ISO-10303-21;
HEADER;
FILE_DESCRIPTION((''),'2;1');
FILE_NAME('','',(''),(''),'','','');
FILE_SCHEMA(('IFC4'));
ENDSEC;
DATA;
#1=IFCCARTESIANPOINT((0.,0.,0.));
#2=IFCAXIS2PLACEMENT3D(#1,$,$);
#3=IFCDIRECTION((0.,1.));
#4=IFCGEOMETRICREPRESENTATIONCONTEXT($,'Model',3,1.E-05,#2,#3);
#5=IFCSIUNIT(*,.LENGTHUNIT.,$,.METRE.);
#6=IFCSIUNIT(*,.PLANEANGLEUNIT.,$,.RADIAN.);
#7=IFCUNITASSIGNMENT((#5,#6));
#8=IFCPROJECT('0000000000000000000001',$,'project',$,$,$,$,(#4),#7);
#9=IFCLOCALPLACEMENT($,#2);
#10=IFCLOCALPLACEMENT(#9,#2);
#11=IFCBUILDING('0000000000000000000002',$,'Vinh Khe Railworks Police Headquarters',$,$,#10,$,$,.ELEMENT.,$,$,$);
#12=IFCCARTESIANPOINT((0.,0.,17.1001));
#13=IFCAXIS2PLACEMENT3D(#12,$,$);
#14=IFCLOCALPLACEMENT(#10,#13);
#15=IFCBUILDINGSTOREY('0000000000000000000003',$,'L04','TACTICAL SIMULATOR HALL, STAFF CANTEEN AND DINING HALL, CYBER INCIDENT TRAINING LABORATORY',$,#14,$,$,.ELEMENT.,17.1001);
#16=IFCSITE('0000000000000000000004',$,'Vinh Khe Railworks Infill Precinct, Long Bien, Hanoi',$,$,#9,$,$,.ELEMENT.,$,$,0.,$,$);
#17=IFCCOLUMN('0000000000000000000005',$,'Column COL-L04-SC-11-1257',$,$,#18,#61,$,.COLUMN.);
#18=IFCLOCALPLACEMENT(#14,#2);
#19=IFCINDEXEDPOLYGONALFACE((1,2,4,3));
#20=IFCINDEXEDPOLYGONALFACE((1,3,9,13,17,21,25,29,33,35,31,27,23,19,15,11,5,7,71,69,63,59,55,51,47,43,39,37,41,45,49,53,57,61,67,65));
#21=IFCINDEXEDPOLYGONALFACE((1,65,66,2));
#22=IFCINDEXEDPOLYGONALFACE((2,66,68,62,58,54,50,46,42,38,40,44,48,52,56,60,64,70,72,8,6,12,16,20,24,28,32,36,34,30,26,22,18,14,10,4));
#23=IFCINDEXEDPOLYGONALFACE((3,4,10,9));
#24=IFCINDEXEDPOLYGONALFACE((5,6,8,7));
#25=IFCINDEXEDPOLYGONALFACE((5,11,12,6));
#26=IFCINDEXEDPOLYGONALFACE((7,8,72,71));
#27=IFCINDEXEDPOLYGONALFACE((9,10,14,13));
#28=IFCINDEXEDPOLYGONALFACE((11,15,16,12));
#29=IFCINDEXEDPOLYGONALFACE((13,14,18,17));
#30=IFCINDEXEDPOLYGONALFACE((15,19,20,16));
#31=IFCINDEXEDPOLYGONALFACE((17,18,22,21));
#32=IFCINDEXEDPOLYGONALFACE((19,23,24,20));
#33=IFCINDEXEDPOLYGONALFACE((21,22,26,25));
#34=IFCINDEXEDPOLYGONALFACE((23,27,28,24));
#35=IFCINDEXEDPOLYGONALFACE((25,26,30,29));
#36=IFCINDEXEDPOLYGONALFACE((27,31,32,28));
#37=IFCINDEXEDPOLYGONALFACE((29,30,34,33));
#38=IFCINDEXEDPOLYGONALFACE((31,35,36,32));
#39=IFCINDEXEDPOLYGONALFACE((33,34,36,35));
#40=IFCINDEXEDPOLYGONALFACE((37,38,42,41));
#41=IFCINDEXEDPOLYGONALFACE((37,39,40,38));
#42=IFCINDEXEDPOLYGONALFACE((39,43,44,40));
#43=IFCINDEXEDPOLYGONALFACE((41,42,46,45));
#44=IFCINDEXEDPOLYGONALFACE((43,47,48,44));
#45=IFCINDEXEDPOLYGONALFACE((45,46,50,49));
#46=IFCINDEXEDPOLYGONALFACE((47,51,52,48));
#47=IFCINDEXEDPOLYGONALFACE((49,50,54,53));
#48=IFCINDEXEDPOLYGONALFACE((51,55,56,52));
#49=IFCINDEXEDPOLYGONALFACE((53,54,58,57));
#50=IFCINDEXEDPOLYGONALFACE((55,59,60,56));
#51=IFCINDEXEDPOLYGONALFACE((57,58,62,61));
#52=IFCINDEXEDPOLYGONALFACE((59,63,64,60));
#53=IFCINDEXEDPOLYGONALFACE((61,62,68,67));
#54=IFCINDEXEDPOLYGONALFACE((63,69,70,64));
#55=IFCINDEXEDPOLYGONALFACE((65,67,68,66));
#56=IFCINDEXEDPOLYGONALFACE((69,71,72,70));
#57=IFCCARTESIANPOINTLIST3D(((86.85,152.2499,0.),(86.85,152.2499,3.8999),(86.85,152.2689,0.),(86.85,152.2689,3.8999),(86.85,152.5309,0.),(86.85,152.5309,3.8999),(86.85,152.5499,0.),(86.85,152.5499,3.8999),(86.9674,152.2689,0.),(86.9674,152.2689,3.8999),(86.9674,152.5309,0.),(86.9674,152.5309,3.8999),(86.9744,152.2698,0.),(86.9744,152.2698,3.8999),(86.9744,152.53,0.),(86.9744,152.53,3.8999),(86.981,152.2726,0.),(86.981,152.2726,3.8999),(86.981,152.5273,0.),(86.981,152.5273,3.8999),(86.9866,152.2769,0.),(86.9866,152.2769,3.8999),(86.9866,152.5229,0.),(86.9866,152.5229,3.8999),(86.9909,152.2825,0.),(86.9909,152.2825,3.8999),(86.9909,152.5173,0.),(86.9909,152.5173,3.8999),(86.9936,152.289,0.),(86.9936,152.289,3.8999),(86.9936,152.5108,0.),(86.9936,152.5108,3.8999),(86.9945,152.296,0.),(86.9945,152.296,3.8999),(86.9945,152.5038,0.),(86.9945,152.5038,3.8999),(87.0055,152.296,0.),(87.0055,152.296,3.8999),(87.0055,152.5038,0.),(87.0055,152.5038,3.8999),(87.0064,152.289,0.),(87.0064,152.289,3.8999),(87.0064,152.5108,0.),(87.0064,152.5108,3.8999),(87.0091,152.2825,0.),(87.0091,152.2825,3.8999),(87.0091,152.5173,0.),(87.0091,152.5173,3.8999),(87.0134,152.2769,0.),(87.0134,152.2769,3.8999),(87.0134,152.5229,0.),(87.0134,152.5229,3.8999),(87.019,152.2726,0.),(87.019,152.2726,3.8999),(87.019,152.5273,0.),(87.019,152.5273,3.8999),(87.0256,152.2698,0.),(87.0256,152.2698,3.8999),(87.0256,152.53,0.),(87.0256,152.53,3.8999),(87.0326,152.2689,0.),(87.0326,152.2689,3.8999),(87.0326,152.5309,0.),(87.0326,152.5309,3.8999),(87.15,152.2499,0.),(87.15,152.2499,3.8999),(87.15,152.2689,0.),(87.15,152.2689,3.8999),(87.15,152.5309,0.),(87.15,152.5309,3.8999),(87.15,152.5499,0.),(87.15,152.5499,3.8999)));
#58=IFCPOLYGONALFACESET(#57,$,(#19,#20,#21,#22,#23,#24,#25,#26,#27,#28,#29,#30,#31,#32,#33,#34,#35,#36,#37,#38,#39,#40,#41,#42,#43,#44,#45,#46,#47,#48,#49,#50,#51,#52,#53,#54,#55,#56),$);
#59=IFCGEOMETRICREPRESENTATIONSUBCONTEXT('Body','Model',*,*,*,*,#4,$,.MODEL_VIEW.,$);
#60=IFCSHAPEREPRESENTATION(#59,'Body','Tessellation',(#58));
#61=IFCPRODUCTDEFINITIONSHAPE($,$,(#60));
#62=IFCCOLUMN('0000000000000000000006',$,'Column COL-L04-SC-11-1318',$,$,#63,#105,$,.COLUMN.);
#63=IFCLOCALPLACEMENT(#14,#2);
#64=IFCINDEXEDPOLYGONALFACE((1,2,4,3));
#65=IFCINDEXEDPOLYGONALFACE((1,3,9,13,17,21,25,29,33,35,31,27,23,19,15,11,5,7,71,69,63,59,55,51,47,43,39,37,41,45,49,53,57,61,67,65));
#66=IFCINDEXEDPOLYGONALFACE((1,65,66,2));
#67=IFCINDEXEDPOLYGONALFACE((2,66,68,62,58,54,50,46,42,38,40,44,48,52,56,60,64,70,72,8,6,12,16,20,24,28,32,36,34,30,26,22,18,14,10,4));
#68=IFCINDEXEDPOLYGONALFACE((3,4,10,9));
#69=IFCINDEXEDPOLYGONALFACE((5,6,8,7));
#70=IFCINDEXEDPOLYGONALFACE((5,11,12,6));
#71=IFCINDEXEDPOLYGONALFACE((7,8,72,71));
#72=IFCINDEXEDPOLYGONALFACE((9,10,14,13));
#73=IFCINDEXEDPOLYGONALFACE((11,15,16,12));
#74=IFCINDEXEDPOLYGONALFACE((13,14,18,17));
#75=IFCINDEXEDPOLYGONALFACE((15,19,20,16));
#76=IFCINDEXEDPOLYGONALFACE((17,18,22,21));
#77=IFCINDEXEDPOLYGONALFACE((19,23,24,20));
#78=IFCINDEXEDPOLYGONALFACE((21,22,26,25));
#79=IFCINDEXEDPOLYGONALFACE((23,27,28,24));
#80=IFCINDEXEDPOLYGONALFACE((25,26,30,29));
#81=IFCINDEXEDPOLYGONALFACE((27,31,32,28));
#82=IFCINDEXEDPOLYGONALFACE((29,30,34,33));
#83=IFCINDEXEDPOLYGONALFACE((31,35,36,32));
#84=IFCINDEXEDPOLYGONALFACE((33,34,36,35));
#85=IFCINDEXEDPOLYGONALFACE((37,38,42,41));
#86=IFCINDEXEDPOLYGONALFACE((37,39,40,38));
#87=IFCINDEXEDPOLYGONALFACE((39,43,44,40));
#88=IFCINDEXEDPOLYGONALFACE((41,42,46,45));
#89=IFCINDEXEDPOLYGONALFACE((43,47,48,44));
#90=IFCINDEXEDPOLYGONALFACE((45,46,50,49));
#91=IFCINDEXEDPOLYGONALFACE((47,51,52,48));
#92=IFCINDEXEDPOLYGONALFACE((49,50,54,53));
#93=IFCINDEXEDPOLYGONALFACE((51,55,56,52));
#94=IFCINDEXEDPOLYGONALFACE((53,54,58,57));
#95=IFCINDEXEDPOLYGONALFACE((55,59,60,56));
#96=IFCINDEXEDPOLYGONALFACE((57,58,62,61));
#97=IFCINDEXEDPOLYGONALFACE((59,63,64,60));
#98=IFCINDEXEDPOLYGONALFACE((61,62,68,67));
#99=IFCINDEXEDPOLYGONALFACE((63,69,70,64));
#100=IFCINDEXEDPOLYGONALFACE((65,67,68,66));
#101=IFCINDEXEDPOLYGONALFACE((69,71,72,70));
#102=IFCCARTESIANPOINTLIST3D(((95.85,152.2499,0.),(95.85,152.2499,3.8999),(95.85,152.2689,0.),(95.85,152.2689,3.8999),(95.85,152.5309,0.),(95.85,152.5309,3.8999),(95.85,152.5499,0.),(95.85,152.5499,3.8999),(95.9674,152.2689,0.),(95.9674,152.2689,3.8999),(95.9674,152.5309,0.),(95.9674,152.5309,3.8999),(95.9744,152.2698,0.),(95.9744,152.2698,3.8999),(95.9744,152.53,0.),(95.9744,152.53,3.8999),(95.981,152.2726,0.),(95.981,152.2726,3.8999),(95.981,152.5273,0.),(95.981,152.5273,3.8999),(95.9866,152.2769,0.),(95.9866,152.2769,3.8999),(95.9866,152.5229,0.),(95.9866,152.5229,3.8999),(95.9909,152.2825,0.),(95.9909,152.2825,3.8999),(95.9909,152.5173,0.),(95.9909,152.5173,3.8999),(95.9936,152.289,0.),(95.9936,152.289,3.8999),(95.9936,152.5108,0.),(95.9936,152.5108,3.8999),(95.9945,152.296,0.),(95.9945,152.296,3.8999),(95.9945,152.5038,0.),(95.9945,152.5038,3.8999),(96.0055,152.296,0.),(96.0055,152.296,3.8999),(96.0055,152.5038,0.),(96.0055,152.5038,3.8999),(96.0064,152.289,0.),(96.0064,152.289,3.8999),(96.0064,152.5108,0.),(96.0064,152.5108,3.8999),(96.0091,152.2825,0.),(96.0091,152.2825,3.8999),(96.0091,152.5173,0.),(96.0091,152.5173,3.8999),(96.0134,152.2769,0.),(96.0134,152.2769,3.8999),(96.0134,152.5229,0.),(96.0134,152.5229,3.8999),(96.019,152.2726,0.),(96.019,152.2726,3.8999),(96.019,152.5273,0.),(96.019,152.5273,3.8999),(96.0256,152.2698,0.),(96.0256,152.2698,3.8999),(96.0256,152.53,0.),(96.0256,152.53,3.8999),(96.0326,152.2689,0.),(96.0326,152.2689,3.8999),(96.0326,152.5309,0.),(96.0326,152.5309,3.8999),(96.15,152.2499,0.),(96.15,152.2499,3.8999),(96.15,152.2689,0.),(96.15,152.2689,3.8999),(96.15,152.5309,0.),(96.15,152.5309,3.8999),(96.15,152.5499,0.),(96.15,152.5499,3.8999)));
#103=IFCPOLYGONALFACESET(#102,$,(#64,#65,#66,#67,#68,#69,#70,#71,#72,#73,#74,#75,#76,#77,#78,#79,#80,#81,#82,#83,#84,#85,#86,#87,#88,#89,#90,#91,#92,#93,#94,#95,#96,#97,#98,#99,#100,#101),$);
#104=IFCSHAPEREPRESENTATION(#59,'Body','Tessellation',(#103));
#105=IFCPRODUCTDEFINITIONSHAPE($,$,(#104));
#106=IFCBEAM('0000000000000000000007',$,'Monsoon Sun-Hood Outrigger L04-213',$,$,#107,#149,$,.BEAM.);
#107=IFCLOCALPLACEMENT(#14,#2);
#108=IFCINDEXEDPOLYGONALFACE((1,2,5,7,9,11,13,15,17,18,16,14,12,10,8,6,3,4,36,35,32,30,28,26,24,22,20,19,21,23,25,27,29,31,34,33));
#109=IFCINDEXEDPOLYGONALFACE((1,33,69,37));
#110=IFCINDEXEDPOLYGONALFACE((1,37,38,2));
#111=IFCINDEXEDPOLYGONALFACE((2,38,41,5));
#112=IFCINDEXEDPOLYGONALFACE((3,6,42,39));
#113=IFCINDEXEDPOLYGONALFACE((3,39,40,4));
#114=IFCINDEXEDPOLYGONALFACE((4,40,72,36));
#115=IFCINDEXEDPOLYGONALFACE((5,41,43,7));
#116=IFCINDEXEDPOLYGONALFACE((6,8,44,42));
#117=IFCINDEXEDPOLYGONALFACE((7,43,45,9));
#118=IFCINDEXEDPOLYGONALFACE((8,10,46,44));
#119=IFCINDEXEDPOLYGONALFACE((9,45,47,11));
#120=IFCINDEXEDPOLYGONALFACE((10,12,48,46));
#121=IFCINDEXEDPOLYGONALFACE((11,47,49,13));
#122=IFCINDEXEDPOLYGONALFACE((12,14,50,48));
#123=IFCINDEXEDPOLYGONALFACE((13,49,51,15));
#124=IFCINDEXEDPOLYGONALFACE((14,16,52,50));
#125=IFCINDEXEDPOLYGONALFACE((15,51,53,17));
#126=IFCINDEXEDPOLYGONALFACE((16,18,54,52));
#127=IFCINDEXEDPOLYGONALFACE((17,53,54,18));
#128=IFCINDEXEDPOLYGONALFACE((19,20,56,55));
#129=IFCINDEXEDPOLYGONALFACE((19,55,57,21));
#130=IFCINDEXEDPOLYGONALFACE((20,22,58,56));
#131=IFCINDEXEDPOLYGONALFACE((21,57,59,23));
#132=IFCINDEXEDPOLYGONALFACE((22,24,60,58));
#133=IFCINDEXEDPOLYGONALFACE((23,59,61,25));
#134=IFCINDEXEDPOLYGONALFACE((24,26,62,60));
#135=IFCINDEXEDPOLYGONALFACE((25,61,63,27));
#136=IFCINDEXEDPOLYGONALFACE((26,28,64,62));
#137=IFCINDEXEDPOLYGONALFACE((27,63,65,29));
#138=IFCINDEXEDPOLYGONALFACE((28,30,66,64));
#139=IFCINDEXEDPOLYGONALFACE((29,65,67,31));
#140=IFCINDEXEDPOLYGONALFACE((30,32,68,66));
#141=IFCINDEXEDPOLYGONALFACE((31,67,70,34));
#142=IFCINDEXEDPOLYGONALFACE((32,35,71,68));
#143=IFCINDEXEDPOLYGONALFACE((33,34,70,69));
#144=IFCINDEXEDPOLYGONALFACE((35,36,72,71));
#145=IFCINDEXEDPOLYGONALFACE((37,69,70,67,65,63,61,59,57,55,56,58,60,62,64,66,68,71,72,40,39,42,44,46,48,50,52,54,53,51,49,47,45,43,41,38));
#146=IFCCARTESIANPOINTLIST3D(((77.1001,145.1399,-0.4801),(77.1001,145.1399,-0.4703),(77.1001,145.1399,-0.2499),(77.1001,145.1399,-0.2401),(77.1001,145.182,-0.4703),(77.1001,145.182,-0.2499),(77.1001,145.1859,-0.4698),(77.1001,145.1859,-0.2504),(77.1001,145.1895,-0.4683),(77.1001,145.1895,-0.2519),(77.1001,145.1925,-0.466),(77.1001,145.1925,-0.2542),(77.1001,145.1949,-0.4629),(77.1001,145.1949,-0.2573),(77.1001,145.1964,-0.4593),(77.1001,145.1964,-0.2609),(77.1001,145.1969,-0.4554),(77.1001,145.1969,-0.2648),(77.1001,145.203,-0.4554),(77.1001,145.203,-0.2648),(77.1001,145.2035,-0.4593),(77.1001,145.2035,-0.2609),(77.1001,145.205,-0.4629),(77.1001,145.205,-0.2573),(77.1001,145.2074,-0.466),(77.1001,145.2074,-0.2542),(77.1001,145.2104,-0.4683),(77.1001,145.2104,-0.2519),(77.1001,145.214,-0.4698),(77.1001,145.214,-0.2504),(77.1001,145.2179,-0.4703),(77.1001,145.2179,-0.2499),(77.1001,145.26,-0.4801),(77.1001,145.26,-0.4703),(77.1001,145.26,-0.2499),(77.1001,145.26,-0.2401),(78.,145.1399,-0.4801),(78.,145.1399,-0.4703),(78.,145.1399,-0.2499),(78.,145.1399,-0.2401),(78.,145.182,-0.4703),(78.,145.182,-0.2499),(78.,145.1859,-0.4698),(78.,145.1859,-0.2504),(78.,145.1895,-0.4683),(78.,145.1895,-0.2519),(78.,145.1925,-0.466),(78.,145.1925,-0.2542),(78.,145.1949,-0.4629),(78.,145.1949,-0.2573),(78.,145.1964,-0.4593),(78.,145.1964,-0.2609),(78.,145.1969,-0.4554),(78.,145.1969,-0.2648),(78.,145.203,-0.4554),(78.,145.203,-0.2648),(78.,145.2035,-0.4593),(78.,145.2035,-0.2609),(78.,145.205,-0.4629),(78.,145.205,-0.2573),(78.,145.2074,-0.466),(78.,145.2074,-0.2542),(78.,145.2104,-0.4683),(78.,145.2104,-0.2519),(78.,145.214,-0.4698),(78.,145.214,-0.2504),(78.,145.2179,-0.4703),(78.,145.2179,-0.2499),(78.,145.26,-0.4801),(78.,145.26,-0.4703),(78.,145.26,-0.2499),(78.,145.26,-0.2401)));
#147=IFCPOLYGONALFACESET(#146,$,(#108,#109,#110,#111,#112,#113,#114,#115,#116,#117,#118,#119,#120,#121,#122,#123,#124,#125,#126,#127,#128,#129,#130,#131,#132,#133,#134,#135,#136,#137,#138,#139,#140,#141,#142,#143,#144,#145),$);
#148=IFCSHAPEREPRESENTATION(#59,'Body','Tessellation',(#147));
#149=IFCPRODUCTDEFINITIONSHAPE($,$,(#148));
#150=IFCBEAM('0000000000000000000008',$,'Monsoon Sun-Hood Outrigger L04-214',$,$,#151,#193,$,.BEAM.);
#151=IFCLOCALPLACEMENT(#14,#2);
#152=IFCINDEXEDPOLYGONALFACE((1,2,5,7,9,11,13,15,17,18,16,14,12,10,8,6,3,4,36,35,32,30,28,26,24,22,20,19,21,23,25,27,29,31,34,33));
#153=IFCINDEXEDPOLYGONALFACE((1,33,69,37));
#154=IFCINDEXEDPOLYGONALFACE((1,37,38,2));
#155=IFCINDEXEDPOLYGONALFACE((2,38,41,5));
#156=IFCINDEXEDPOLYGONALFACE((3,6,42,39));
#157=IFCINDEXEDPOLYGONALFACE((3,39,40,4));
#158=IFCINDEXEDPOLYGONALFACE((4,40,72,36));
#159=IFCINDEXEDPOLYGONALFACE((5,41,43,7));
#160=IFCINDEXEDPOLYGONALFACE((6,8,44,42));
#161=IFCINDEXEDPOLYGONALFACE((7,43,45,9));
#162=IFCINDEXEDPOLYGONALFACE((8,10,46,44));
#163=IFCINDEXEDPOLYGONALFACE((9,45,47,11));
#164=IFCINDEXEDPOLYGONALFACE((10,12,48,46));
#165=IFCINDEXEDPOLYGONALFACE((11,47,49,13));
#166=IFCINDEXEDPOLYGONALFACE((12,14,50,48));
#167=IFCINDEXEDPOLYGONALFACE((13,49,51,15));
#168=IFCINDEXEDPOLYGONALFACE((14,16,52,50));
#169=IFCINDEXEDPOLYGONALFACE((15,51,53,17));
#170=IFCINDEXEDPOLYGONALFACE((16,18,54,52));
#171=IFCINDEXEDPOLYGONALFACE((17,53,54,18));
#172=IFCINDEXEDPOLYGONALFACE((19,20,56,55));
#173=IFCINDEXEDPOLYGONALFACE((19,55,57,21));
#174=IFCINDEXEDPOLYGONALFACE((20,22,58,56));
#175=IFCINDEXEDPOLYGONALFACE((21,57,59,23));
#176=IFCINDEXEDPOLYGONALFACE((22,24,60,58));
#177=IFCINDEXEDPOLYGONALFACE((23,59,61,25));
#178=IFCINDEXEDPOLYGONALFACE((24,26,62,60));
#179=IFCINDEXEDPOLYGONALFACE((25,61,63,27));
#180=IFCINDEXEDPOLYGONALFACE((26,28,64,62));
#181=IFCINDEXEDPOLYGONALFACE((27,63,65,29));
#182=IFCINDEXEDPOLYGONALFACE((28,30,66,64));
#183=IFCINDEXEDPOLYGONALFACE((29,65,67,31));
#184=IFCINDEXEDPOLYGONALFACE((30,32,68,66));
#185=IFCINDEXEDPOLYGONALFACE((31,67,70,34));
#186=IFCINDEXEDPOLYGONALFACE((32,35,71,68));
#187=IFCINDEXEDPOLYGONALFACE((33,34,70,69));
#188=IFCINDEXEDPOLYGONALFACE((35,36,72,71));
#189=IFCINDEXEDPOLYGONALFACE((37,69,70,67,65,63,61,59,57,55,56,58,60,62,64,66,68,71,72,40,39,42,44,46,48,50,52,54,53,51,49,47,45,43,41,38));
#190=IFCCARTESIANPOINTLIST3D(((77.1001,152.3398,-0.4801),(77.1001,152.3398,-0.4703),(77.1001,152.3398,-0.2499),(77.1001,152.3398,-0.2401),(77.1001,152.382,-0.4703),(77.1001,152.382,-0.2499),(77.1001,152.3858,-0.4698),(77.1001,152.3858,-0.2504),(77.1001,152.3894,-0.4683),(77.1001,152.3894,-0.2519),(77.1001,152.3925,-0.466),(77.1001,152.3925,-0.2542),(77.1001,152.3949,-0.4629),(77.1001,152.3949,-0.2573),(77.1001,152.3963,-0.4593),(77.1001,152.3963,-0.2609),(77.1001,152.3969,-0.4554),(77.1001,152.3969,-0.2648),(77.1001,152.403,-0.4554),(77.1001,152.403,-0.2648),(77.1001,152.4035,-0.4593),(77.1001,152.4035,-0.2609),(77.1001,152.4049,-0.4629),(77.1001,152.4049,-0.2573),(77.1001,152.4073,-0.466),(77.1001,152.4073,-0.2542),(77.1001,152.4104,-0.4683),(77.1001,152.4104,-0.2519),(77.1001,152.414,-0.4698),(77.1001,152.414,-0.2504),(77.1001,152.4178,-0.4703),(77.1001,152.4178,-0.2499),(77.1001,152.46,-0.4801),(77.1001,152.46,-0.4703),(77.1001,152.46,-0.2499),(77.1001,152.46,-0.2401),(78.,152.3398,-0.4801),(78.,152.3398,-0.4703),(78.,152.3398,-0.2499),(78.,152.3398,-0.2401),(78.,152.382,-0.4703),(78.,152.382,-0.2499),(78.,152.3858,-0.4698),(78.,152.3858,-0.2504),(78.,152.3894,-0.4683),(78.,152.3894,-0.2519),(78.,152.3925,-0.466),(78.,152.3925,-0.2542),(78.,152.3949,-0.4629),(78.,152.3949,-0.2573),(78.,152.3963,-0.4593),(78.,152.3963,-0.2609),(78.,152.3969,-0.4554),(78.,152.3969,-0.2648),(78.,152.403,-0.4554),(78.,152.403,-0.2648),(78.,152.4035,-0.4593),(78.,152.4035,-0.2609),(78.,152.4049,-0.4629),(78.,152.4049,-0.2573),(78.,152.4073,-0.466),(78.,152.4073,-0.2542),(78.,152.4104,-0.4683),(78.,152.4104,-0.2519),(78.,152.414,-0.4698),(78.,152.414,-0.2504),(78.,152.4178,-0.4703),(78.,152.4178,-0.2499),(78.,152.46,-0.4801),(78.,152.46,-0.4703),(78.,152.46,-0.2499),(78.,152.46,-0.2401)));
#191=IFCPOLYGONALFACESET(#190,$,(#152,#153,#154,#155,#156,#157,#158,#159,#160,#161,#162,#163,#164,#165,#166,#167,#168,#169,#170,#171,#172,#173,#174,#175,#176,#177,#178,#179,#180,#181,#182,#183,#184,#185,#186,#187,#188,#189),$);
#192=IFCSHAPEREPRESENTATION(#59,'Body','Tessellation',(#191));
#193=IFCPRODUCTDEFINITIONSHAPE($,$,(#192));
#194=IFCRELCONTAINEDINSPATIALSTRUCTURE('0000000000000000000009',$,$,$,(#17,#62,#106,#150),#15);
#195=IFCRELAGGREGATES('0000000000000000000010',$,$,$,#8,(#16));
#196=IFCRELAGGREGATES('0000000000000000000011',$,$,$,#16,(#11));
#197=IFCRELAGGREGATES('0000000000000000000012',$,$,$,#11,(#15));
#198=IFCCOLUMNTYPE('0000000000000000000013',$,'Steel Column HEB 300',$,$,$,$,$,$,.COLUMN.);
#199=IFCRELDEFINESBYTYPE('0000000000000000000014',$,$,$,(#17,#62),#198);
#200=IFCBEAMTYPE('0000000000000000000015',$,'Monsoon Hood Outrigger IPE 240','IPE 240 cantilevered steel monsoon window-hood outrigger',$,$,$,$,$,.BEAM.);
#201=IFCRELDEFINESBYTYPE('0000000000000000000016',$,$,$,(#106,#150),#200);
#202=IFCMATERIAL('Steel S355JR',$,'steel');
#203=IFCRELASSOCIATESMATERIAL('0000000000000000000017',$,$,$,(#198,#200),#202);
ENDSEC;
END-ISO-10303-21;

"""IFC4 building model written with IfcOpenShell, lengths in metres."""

from ifc_helpers import new_model, si_unit, direction, frame, origin, origin_2d, place, context, subcontext, project, spatial, i_section, extrude, material, material_profile, profile_set, type_object, element, save


model = new_model("IFC4")

# Units and contexts
model_context = context("Model", 3, precision=1e-05, world=origin(), true_north=direction((0.0, 1.0)))
body_context = subcontext(model_context, "Body", "Model", "MODEL_VIEW")
ifc_project = project(units=[si_unit("LENGTHUNIT", "METRE"), si_unit("PLANEANGLEUNIT", "RADIAN")], contexts=[model_context])

# Site, building, storey
site_placement = place(None, origin())
site = spatial("IfcSite", under=ifc_project, at=site_placement, Name="Vinh Khe Railworks Infill Precinct, Long Bien, Hanoi", CompositionType="ELEMENT", RefElevation=0.0)
building_placement = place(site_placement, origin())
building = spatial("IfcBuilding", under=site, at=building_placement, Name="Vinh Khe Railworks Police Headquarters", CompositionType="ELEMENT")
storey_placement = place(building_placement, frame((0.0, 0.0, 17.1001)))
storey = spatial("IfcBuildingStorey", under=building, at=storey_placement, Name="L04", Description="TACTICAL SIMULATOR HALL, STAFF CANTEEN AND DINING HALL, CYBER INCIDENT TRAINING LABORATORY", CompositionType="ELEMENT", Elevation=17.1001)

# Columns
ifc_material_1 = material(Name="Steel S355JR", Category="steel")
ifc_material_profile_1 = material_profile(ifc_material_1, i_section(OverallWidth=0.3, OverallDepth=0.3, WebThickness=0.011, FlangeThickness=0.019, FilletRadius=0.0271, at=origin_2d()), Name="HEB 300")
ifc_profile_set_1 = profile_set([ifc_material_profile_1], Name="Steel S355JR")
column_type_1 = type_object("IfcColumnType", Name="Steel Column HEB 300", PredefinedType="COLUMN", material=ifc_profile_set_1)
for number, where, z_axis, x_axis, name in (
    (1, (87.0, 152.3999, 0.0), (0.0, 0.0, 1.0), (1.0, 0.0, 0.0), "Column COL-L04-SC-11-1257"),
    (2, (96.0, 152.3999, 0.0), (0.0, 0.0, 1.0), (1.0, 0.0, 0.0), "Column COL-L04-SC-11-1318"),
):
    element("IfcColumn", number, at=place(storey_placement, frame(where, z_axis=z_axis, x_axis=x_axis)), inside=storey, type_object=column_type_1, Name=name, PredefinedType="COLUMN", context=body_context, shape_type="SweptSolid", body=[
        extrude(i_section(OverallWidth=0.3, OverallDepth=0.3, WebThickness=0.011, FlangeThickness=0.019, FilletRadius=0.0271, at=origin_2d()), origin(), (0.0, 0.0, 1.0), 3.8999),
    ])

# Beams
ifc_material_profile_2 = material_profile(ifc_material_1, i_section(OverallWidth=0.1201, OverallDepth=0.24, WebThickness=0.0061, FlangeThickness=0.0098, FilletRadius=0.0149, at=origin_2d()), Name="IPE 240")
ifc_profile_set_2 = profile_set([ifc_material_profile_2], Name="Steel S355JR")
beam_type_1 = type_object("IfcBeamType", Name="Monsoon Hood Outrigger IPE 240", Description="IPE 240 cantilevered steel monsoon window-hood outrigger", PredefinedType="BEAM", material=ifc_profile_set_2)
for number, where, z_axis, x_axis, name in (
    (3, (77.1001, 145.2, -0.3601), (1.0, 0.0, 0.0), (0.0, 1.0, 0.0), "Monsoon Sun-Hood Outrigger L04-213"),
    (4, (77.1001, 152.3999, -0.3601), (1.0, 0.0, 0.0), (0.0, 1.0, 0.0), "Monsoon Sun-Hood Outrigger L04-214"),
):
    element("IfcBeam", number, at=place(storey_placement, frame(where, z_axis=z_axis, x_axis=x_axis)), inside=storey, type_object=beam_type_1, Name=name, PredefinedType="BEAM", context=body_context, shape_type="SweptSolid", body=[
        extrude(i_section(OverallWidth=0.1201, OverallDepth=0.24, WebThickness=0.0061, FlangeThickness=0.0098, FilletRadius=0.0149, at=origin_2d()), origin(), (0.0, 0.0, 1.0), 0.8999),
    ])

save(model, "model.ifc")
